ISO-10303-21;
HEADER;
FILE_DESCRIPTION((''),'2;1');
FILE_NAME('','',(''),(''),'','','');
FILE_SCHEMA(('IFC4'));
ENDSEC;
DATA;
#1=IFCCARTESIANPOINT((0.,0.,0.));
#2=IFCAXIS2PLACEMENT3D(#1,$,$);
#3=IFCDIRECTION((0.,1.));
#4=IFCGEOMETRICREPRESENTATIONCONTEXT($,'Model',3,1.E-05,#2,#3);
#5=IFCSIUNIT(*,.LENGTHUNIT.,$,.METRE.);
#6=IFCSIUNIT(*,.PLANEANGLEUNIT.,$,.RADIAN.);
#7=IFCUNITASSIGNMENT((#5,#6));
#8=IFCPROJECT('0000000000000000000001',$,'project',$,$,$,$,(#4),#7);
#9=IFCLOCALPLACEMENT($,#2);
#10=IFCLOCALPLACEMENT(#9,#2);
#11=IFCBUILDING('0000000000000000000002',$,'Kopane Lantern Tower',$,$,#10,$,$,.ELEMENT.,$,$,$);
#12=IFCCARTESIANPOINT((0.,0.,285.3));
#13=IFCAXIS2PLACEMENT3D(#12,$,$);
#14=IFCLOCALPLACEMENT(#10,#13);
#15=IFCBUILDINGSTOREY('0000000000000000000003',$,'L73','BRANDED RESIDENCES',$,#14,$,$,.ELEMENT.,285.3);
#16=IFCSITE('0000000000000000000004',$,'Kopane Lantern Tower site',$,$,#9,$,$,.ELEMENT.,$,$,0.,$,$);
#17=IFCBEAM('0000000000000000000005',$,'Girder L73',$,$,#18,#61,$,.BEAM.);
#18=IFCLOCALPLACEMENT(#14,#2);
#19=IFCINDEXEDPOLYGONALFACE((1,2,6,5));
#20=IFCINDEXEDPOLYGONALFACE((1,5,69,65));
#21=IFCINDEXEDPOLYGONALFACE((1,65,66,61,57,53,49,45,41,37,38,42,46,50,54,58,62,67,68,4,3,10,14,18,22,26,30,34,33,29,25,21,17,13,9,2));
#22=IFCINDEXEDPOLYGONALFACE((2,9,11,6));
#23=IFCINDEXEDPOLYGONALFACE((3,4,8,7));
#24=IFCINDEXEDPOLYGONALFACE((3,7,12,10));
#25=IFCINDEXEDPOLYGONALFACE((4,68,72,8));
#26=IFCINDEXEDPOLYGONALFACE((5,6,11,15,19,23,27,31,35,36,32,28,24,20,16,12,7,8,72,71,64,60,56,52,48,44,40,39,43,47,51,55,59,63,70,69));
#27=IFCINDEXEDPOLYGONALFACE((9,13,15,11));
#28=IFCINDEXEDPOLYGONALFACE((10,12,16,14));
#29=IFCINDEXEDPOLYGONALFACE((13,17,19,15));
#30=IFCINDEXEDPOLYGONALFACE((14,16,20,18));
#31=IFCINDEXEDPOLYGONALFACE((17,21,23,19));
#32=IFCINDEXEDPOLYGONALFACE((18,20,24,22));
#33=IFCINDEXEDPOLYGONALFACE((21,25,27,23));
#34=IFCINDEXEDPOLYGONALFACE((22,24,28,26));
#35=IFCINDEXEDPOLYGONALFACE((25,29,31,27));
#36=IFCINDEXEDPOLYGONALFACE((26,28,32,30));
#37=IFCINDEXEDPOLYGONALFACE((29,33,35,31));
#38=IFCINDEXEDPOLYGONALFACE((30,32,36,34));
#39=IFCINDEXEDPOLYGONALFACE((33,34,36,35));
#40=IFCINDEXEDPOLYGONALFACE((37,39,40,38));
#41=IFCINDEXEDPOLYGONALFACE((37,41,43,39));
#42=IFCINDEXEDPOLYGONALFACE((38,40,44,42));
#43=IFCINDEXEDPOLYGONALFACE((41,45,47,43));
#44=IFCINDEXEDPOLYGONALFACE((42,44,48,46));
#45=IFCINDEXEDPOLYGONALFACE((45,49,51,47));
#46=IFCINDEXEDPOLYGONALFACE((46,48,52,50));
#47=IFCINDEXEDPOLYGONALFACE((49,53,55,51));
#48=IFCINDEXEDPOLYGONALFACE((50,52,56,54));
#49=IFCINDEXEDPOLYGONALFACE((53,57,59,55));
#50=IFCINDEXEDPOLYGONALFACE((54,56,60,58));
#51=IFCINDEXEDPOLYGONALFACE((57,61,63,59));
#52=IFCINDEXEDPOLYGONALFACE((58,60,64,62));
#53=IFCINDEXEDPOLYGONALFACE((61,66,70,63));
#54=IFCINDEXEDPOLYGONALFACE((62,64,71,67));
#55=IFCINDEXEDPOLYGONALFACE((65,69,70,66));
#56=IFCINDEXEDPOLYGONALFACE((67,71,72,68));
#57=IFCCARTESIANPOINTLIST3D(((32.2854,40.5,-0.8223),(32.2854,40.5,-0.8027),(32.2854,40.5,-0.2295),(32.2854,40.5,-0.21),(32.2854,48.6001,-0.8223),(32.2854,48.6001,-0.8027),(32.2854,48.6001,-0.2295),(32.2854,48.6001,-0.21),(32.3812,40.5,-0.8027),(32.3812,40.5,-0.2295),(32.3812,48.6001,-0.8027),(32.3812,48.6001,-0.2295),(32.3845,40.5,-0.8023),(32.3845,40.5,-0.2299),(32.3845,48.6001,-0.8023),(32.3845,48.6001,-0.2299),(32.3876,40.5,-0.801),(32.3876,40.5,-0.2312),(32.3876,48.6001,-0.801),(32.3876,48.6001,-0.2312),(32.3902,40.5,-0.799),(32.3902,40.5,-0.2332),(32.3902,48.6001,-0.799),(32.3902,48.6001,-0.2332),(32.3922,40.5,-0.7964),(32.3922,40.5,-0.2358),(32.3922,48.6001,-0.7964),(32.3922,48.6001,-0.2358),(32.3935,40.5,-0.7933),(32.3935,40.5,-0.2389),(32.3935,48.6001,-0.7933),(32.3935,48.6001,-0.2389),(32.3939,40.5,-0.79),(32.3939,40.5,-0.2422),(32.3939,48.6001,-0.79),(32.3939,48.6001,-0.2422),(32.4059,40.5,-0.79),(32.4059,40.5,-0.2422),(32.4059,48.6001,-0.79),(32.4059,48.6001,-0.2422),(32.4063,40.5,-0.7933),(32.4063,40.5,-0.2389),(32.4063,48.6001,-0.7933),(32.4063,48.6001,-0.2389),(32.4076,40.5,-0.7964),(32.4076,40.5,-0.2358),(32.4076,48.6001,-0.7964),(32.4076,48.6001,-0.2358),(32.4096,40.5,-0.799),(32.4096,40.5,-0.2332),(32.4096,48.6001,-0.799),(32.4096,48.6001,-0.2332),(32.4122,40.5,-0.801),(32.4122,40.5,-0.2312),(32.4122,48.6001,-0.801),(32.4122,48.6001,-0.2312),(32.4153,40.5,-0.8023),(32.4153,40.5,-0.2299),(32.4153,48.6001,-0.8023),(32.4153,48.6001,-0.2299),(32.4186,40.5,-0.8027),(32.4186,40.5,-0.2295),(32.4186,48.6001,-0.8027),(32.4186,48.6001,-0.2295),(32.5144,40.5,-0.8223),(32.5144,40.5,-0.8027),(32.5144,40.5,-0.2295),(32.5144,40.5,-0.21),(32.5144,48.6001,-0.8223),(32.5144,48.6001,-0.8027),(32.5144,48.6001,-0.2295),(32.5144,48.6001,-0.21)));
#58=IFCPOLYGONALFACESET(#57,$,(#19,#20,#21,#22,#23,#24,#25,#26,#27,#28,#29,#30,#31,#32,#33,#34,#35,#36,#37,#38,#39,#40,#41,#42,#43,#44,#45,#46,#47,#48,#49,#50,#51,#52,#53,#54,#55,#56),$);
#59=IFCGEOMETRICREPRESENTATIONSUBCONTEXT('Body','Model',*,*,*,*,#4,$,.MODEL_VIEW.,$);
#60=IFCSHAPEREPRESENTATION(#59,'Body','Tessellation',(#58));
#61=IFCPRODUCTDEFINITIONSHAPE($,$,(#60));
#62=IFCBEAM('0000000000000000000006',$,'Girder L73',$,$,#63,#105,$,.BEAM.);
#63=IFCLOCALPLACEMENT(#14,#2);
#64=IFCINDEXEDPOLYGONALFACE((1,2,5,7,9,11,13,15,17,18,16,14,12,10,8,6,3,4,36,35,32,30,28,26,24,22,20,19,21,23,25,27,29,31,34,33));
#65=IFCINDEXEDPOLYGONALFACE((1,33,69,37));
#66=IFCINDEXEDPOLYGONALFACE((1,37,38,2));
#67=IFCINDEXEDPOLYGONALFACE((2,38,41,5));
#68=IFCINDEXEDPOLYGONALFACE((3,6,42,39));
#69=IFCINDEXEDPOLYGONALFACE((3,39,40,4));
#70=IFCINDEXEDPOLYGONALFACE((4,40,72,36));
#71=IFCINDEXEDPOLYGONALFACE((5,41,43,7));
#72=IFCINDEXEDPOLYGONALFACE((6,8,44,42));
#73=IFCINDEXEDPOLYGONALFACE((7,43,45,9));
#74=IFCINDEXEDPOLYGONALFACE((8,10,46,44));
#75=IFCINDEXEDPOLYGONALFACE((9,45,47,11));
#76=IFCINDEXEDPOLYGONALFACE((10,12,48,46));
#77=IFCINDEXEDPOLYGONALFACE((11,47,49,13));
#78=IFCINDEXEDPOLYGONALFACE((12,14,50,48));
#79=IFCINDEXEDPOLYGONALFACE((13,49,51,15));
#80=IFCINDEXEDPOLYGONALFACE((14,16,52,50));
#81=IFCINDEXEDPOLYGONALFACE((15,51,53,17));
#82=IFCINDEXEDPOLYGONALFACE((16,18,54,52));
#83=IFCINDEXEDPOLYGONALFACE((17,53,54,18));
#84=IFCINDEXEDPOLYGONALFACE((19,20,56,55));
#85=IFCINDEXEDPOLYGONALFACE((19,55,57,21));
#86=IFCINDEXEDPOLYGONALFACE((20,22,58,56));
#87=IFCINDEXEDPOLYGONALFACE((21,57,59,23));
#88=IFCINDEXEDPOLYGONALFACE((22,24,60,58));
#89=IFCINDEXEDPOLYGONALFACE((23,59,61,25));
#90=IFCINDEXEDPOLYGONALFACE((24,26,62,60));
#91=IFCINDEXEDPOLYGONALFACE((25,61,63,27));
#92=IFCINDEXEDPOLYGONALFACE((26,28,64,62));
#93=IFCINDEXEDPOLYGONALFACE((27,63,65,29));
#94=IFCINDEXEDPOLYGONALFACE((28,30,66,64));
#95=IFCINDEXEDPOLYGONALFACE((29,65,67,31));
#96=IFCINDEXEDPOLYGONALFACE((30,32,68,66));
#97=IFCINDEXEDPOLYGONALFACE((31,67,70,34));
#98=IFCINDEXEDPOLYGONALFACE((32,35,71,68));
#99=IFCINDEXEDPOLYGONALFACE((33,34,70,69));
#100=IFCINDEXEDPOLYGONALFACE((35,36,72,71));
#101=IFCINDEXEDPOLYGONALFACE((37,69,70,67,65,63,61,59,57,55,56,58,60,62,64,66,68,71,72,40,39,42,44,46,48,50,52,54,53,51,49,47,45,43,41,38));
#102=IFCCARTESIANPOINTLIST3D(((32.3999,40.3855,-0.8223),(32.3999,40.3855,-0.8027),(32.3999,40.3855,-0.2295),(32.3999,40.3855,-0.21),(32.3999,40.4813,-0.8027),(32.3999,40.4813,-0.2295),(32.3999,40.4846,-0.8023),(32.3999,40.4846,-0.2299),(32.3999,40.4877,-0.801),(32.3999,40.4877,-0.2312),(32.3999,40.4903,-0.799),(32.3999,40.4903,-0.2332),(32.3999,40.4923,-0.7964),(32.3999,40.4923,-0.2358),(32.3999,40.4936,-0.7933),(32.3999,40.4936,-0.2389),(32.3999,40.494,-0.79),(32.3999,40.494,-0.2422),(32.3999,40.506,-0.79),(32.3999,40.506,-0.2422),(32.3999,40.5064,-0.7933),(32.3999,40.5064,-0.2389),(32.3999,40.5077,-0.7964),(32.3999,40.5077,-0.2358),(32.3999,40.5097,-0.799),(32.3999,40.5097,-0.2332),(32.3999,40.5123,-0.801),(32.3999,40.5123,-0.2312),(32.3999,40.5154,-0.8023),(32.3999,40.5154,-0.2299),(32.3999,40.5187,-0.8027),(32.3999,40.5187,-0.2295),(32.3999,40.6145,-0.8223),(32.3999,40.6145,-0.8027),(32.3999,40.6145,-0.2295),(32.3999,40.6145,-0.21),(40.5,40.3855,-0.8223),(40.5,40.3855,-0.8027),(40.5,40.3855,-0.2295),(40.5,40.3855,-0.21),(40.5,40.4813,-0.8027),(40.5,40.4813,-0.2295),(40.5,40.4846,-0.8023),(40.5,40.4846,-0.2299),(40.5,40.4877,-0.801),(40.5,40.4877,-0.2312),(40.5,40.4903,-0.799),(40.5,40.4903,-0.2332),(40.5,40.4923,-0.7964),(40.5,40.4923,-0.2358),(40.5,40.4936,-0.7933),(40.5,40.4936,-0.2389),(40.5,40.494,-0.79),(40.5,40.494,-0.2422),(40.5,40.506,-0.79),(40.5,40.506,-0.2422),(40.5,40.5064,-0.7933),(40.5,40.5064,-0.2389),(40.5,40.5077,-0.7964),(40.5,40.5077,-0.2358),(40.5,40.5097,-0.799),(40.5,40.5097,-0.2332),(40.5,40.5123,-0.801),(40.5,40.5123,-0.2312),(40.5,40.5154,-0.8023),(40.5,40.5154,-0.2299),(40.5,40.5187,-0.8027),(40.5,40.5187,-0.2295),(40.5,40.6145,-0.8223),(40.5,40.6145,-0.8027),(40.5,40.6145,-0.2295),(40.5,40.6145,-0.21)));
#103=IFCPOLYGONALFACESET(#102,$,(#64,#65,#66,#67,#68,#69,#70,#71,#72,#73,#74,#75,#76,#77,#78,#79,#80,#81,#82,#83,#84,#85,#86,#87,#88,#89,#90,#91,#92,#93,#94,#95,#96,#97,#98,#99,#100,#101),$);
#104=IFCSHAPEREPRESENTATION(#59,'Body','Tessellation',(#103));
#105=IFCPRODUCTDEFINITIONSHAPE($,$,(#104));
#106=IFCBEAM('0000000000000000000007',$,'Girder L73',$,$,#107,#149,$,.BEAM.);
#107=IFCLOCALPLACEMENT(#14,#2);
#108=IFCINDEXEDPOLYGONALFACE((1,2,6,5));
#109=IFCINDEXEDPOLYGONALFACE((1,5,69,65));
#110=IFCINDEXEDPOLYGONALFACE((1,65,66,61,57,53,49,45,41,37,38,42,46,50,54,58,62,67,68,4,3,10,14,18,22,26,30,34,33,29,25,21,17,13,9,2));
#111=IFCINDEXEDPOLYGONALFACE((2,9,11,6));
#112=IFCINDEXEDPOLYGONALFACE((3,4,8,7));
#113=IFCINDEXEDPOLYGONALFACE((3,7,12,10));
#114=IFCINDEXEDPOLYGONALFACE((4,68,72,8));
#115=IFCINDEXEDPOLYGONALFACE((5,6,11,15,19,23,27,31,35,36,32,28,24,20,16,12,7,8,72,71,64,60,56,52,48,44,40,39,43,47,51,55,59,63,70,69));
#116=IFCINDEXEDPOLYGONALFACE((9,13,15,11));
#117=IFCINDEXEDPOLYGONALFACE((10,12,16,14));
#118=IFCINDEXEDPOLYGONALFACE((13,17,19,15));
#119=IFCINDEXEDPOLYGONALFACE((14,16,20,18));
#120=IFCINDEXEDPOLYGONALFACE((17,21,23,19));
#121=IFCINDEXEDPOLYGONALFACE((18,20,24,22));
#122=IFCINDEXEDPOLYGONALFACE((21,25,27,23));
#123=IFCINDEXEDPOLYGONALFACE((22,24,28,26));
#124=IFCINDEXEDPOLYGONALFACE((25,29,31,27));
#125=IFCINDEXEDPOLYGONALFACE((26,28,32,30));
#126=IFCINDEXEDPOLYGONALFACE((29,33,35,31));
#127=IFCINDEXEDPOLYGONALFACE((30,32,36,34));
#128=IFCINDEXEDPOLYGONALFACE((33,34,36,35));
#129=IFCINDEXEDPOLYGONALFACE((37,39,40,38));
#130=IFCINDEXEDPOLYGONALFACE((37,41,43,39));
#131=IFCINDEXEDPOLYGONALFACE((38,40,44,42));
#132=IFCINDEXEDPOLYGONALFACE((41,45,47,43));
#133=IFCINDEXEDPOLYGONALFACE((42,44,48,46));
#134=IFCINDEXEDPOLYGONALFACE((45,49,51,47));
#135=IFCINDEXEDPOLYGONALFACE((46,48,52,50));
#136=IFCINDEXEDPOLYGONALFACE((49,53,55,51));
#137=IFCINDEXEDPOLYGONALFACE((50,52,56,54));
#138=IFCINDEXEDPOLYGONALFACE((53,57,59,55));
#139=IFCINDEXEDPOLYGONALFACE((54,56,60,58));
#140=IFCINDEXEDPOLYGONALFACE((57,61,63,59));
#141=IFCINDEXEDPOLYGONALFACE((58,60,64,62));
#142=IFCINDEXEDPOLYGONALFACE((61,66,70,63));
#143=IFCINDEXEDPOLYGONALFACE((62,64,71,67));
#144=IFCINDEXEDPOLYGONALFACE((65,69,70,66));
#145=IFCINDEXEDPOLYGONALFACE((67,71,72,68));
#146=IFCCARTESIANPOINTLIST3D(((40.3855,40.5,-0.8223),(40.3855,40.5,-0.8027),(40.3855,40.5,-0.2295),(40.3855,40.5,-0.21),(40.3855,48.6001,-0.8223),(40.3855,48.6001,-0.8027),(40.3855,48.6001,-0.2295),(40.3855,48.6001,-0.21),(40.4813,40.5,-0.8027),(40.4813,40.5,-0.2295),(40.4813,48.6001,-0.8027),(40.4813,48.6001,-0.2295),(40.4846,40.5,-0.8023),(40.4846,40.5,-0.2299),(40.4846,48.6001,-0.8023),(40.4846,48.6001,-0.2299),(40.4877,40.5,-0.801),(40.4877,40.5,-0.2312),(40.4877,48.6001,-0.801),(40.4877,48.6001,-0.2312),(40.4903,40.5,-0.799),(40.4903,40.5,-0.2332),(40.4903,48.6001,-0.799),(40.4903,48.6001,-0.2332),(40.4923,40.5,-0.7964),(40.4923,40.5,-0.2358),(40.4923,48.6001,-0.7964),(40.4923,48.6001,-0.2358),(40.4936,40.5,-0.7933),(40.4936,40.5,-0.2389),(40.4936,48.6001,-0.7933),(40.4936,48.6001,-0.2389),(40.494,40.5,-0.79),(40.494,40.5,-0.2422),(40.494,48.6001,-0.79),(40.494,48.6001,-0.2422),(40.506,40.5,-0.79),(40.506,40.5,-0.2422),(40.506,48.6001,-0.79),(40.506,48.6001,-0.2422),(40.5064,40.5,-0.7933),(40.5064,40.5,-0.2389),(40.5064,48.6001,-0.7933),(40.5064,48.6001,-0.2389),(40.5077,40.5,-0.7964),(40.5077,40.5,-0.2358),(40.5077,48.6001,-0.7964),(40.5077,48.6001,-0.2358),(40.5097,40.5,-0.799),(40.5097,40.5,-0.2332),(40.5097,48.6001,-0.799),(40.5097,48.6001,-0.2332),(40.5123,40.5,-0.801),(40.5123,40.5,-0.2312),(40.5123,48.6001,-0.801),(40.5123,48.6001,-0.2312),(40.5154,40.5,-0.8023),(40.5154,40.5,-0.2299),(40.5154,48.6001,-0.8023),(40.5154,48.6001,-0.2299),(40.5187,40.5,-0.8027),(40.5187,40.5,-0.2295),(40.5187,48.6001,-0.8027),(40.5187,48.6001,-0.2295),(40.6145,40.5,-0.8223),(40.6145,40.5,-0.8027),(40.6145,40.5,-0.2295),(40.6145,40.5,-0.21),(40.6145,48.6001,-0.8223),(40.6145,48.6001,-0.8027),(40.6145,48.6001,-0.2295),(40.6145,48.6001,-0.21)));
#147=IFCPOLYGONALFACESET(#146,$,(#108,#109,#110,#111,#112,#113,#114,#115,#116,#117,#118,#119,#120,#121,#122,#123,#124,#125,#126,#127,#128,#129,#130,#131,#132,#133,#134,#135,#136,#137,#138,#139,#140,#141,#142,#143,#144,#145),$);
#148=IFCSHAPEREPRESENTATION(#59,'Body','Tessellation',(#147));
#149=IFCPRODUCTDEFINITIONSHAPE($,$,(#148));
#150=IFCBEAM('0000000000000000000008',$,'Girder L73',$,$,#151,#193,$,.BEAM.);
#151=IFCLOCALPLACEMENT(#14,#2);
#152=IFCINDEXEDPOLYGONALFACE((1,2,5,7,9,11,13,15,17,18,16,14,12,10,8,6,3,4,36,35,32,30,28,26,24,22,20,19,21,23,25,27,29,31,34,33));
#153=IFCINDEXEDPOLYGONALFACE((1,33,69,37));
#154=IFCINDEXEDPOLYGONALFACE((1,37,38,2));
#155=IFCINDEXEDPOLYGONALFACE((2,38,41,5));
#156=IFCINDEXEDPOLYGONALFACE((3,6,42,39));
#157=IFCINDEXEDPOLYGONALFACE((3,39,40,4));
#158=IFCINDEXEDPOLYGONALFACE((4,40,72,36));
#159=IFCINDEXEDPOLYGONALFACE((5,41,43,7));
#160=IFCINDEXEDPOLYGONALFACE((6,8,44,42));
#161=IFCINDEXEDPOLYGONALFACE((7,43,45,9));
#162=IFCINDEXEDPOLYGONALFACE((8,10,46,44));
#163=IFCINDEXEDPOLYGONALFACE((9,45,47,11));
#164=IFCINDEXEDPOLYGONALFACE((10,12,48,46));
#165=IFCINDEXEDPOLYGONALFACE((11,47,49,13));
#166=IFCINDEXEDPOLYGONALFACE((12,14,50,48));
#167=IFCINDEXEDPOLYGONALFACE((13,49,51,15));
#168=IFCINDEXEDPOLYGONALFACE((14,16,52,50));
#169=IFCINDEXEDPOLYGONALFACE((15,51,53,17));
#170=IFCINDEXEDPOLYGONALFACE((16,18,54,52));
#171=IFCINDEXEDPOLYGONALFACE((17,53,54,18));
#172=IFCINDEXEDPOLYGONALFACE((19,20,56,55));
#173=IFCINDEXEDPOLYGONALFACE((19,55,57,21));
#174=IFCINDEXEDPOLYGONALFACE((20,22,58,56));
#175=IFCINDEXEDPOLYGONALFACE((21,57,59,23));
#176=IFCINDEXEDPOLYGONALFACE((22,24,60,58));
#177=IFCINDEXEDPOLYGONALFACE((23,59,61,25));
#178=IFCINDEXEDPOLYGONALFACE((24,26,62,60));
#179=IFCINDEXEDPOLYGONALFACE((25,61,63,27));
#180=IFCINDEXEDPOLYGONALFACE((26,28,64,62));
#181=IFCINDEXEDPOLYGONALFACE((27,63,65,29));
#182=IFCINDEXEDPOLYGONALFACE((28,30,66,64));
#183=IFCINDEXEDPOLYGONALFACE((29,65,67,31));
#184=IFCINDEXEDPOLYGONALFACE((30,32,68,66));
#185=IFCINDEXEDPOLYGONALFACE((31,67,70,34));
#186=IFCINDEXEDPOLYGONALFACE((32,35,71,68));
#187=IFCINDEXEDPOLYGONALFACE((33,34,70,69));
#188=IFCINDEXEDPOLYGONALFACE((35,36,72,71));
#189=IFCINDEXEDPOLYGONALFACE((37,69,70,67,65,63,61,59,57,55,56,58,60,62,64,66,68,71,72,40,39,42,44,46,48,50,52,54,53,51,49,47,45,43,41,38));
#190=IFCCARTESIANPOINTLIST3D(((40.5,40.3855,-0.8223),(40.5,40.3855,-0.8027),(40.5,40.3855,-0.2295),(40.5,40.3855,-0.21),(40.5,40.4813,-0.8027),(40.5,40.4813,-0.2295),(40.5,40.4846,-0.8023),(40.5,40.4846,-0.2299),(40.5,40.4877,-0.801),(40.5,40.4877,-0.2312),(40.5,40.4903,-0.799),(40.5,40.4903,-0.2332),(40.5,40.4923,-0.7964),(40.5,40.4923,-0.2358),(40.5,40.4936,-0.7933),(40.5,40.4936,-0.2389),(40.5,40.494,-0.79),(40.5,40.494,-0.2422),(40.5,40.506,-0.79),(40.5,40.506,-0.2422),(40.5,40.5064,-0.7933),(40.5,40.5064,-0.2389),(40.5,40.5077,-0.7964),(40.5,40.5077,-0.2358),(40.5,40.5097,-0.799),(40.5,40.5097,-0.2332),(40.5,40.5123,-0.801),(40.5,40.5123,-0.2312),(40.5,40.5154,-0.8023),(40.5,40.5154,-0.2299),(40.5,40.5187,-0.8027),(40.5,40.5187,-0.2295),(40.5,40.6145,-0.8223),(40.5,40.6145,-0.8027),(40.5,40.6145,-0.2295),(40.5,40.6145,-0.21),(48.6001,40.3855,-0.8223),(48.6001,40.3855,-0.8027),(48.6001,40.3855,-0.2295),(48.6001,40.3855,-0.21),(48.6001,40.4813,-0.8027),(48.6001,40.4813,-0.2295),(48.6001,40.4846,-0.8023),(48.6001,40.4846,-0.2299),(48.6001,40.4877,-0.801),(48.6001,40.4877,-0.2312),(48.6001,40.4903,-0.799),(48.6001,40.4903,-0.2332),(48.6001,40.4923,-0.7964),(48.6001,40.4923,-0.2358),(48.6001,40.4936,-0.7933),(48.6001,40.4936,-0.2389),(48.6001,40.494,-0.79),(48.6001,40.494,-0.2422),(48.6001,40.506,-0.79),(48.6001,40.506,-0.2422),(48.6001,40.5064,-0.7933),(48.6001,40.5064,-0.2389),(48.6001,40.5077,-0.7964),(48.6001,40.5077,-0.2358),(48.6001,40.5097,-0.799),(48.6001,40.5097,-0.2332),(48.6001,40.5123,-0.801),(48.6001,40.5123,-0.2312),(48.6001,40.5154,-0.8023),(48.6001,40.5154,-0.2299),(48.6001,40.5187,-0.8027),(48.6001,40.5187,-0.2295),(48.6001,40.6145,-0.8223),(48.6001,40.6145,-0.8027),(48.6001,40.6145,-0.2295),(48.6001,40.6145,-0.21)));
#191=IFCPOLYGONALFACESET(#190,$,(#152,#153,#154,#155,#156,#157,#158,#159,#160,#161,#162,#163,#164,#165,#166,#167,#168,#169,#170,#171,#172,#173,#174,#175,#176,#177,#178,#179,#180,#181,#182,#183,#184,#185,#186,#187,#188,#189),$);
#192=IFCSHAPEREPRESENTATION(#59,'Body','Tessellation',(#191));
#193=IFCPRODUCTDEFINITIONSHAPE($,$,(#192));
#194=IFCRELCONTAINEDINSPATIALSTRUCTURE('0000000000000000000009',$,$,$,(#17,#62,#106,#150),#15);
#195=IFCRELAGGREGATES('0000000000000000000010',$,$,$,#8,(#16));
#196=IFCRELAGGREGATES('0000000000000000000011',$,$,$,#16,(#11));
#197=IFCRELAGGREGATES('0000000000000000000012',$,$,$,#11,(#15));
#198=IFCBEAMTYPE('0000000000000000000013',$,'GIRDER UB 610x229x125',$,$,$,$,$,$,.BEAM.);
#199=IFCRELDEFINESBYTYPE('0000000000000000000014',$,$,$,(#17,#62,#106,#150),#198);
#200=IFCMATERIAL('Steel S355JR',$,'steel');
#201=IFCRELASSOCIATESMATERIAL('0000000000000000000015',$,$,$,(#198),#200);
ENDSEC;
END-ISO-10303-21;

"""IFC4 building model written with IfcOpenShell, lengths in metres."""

from ifc_helpers import new_model, si_unit, direction, frame, origin, origin_2d, place, context, subcontext, project, spatial, i_section, extrude, material, material_profile, profile_set, type_object, element, save


model = new_model("IFC4")

# Units and contexts
model_context = context("Model", 3, precision=1e-05, world=origin(), true_north=direction((0.0, 1.0)))
body_context = subcontext(model_context, "Body", "Model", "MODEL_VIEW")
ifc_project = project(units=[si_unit("LENGTHUNIT", "METRE"), si_unit("PLANEANGLEUNIT", "RADIAN")], contexts=[model_context])

# Site, building, storey
site_placement = place(None, origin())
site = spatial("IfcSite", under=ifc_project, at=site_placement, Name="Kopane Lantern Tower site", CompositionType="ELEMENT", RefElevation=0.0)
building_placement = place(site_placement, origin())
building = spatial("IfcBuilding", under=site, at=building_placement, Name="Kopane Lantern Tower", CompositionType="ELEMENT")
storey_placement = place(building_placement, frame((0.0, 0.0, 285.3)))
storey = spatial("IfcBuildingStorey", under=building, at=storey_placement, Name="L73", Description="BRANDED RESIDENCES", CompositionType="ELEMENT", Elevation=285.3)

# Beams
ifc_material_1 = material(Name="Steel S355JR", Category="steel")
ifc_material_profile_1 = material_profile(ifc_material_1, i_section(OverallWidth=0.229, OverallDepth=0.6123, WebThickness=0.012, FlangeThickness=0.0195, FilletRadius=0.0127, at=origin_2d()), Name="UB 610x229x125")
ifc_profile_set_1 = profile_set([ifc_material_profile_1], Name="Steel S355JR")
beam_type = type_object("IfcBeamType", Name="GIRDER UB 610x229x125", PredefinedType="BEAM", material=ifc_profile_set_1)
for number, where, z_axis, x_axis, name in (
    (1, (32.3999, 40.5, -0.5161), (0.0, 1.0, 0.0), (-1.0, 0.0, 0.0), "Girder L73"),
    (2, (32.3999, 40.5, -0.5161), (1.0, 0.0, 0.0), (0.0, 1.0, 0.0), "Girder L73"),
    (3, (40.5, 40.5, -0.5161), (0.0, 1.0, 0.0), (-1.0, 0.0, 0.0), "Girder L73"),
    (4, (40.5, 40.5, -0.5161), (1.0, 0.0, 0.0), (0.0, 1.0, 0.0), "Girder L73"),
):
    element("IfcBeam", number, at=place(storey_placement, frame(where, z_axis=z_axis, x_axis=x_axis)), inside=storey, type_object=beam_type, Name=name, PredefinedType="BEAM", context=body_context, shape_type="SweptSolid", body=[
        extrude(i_section(OverallWidth=0.229, OverallDepth=0.6123, WebThickness=0.012, FlangeThickness=0.0195, FilletRadius=0.0127, at=origin_2d()), origin(), (0.0, 0.0, 1.0), 8.1001),
    ])

save(model, "model.ifc")
